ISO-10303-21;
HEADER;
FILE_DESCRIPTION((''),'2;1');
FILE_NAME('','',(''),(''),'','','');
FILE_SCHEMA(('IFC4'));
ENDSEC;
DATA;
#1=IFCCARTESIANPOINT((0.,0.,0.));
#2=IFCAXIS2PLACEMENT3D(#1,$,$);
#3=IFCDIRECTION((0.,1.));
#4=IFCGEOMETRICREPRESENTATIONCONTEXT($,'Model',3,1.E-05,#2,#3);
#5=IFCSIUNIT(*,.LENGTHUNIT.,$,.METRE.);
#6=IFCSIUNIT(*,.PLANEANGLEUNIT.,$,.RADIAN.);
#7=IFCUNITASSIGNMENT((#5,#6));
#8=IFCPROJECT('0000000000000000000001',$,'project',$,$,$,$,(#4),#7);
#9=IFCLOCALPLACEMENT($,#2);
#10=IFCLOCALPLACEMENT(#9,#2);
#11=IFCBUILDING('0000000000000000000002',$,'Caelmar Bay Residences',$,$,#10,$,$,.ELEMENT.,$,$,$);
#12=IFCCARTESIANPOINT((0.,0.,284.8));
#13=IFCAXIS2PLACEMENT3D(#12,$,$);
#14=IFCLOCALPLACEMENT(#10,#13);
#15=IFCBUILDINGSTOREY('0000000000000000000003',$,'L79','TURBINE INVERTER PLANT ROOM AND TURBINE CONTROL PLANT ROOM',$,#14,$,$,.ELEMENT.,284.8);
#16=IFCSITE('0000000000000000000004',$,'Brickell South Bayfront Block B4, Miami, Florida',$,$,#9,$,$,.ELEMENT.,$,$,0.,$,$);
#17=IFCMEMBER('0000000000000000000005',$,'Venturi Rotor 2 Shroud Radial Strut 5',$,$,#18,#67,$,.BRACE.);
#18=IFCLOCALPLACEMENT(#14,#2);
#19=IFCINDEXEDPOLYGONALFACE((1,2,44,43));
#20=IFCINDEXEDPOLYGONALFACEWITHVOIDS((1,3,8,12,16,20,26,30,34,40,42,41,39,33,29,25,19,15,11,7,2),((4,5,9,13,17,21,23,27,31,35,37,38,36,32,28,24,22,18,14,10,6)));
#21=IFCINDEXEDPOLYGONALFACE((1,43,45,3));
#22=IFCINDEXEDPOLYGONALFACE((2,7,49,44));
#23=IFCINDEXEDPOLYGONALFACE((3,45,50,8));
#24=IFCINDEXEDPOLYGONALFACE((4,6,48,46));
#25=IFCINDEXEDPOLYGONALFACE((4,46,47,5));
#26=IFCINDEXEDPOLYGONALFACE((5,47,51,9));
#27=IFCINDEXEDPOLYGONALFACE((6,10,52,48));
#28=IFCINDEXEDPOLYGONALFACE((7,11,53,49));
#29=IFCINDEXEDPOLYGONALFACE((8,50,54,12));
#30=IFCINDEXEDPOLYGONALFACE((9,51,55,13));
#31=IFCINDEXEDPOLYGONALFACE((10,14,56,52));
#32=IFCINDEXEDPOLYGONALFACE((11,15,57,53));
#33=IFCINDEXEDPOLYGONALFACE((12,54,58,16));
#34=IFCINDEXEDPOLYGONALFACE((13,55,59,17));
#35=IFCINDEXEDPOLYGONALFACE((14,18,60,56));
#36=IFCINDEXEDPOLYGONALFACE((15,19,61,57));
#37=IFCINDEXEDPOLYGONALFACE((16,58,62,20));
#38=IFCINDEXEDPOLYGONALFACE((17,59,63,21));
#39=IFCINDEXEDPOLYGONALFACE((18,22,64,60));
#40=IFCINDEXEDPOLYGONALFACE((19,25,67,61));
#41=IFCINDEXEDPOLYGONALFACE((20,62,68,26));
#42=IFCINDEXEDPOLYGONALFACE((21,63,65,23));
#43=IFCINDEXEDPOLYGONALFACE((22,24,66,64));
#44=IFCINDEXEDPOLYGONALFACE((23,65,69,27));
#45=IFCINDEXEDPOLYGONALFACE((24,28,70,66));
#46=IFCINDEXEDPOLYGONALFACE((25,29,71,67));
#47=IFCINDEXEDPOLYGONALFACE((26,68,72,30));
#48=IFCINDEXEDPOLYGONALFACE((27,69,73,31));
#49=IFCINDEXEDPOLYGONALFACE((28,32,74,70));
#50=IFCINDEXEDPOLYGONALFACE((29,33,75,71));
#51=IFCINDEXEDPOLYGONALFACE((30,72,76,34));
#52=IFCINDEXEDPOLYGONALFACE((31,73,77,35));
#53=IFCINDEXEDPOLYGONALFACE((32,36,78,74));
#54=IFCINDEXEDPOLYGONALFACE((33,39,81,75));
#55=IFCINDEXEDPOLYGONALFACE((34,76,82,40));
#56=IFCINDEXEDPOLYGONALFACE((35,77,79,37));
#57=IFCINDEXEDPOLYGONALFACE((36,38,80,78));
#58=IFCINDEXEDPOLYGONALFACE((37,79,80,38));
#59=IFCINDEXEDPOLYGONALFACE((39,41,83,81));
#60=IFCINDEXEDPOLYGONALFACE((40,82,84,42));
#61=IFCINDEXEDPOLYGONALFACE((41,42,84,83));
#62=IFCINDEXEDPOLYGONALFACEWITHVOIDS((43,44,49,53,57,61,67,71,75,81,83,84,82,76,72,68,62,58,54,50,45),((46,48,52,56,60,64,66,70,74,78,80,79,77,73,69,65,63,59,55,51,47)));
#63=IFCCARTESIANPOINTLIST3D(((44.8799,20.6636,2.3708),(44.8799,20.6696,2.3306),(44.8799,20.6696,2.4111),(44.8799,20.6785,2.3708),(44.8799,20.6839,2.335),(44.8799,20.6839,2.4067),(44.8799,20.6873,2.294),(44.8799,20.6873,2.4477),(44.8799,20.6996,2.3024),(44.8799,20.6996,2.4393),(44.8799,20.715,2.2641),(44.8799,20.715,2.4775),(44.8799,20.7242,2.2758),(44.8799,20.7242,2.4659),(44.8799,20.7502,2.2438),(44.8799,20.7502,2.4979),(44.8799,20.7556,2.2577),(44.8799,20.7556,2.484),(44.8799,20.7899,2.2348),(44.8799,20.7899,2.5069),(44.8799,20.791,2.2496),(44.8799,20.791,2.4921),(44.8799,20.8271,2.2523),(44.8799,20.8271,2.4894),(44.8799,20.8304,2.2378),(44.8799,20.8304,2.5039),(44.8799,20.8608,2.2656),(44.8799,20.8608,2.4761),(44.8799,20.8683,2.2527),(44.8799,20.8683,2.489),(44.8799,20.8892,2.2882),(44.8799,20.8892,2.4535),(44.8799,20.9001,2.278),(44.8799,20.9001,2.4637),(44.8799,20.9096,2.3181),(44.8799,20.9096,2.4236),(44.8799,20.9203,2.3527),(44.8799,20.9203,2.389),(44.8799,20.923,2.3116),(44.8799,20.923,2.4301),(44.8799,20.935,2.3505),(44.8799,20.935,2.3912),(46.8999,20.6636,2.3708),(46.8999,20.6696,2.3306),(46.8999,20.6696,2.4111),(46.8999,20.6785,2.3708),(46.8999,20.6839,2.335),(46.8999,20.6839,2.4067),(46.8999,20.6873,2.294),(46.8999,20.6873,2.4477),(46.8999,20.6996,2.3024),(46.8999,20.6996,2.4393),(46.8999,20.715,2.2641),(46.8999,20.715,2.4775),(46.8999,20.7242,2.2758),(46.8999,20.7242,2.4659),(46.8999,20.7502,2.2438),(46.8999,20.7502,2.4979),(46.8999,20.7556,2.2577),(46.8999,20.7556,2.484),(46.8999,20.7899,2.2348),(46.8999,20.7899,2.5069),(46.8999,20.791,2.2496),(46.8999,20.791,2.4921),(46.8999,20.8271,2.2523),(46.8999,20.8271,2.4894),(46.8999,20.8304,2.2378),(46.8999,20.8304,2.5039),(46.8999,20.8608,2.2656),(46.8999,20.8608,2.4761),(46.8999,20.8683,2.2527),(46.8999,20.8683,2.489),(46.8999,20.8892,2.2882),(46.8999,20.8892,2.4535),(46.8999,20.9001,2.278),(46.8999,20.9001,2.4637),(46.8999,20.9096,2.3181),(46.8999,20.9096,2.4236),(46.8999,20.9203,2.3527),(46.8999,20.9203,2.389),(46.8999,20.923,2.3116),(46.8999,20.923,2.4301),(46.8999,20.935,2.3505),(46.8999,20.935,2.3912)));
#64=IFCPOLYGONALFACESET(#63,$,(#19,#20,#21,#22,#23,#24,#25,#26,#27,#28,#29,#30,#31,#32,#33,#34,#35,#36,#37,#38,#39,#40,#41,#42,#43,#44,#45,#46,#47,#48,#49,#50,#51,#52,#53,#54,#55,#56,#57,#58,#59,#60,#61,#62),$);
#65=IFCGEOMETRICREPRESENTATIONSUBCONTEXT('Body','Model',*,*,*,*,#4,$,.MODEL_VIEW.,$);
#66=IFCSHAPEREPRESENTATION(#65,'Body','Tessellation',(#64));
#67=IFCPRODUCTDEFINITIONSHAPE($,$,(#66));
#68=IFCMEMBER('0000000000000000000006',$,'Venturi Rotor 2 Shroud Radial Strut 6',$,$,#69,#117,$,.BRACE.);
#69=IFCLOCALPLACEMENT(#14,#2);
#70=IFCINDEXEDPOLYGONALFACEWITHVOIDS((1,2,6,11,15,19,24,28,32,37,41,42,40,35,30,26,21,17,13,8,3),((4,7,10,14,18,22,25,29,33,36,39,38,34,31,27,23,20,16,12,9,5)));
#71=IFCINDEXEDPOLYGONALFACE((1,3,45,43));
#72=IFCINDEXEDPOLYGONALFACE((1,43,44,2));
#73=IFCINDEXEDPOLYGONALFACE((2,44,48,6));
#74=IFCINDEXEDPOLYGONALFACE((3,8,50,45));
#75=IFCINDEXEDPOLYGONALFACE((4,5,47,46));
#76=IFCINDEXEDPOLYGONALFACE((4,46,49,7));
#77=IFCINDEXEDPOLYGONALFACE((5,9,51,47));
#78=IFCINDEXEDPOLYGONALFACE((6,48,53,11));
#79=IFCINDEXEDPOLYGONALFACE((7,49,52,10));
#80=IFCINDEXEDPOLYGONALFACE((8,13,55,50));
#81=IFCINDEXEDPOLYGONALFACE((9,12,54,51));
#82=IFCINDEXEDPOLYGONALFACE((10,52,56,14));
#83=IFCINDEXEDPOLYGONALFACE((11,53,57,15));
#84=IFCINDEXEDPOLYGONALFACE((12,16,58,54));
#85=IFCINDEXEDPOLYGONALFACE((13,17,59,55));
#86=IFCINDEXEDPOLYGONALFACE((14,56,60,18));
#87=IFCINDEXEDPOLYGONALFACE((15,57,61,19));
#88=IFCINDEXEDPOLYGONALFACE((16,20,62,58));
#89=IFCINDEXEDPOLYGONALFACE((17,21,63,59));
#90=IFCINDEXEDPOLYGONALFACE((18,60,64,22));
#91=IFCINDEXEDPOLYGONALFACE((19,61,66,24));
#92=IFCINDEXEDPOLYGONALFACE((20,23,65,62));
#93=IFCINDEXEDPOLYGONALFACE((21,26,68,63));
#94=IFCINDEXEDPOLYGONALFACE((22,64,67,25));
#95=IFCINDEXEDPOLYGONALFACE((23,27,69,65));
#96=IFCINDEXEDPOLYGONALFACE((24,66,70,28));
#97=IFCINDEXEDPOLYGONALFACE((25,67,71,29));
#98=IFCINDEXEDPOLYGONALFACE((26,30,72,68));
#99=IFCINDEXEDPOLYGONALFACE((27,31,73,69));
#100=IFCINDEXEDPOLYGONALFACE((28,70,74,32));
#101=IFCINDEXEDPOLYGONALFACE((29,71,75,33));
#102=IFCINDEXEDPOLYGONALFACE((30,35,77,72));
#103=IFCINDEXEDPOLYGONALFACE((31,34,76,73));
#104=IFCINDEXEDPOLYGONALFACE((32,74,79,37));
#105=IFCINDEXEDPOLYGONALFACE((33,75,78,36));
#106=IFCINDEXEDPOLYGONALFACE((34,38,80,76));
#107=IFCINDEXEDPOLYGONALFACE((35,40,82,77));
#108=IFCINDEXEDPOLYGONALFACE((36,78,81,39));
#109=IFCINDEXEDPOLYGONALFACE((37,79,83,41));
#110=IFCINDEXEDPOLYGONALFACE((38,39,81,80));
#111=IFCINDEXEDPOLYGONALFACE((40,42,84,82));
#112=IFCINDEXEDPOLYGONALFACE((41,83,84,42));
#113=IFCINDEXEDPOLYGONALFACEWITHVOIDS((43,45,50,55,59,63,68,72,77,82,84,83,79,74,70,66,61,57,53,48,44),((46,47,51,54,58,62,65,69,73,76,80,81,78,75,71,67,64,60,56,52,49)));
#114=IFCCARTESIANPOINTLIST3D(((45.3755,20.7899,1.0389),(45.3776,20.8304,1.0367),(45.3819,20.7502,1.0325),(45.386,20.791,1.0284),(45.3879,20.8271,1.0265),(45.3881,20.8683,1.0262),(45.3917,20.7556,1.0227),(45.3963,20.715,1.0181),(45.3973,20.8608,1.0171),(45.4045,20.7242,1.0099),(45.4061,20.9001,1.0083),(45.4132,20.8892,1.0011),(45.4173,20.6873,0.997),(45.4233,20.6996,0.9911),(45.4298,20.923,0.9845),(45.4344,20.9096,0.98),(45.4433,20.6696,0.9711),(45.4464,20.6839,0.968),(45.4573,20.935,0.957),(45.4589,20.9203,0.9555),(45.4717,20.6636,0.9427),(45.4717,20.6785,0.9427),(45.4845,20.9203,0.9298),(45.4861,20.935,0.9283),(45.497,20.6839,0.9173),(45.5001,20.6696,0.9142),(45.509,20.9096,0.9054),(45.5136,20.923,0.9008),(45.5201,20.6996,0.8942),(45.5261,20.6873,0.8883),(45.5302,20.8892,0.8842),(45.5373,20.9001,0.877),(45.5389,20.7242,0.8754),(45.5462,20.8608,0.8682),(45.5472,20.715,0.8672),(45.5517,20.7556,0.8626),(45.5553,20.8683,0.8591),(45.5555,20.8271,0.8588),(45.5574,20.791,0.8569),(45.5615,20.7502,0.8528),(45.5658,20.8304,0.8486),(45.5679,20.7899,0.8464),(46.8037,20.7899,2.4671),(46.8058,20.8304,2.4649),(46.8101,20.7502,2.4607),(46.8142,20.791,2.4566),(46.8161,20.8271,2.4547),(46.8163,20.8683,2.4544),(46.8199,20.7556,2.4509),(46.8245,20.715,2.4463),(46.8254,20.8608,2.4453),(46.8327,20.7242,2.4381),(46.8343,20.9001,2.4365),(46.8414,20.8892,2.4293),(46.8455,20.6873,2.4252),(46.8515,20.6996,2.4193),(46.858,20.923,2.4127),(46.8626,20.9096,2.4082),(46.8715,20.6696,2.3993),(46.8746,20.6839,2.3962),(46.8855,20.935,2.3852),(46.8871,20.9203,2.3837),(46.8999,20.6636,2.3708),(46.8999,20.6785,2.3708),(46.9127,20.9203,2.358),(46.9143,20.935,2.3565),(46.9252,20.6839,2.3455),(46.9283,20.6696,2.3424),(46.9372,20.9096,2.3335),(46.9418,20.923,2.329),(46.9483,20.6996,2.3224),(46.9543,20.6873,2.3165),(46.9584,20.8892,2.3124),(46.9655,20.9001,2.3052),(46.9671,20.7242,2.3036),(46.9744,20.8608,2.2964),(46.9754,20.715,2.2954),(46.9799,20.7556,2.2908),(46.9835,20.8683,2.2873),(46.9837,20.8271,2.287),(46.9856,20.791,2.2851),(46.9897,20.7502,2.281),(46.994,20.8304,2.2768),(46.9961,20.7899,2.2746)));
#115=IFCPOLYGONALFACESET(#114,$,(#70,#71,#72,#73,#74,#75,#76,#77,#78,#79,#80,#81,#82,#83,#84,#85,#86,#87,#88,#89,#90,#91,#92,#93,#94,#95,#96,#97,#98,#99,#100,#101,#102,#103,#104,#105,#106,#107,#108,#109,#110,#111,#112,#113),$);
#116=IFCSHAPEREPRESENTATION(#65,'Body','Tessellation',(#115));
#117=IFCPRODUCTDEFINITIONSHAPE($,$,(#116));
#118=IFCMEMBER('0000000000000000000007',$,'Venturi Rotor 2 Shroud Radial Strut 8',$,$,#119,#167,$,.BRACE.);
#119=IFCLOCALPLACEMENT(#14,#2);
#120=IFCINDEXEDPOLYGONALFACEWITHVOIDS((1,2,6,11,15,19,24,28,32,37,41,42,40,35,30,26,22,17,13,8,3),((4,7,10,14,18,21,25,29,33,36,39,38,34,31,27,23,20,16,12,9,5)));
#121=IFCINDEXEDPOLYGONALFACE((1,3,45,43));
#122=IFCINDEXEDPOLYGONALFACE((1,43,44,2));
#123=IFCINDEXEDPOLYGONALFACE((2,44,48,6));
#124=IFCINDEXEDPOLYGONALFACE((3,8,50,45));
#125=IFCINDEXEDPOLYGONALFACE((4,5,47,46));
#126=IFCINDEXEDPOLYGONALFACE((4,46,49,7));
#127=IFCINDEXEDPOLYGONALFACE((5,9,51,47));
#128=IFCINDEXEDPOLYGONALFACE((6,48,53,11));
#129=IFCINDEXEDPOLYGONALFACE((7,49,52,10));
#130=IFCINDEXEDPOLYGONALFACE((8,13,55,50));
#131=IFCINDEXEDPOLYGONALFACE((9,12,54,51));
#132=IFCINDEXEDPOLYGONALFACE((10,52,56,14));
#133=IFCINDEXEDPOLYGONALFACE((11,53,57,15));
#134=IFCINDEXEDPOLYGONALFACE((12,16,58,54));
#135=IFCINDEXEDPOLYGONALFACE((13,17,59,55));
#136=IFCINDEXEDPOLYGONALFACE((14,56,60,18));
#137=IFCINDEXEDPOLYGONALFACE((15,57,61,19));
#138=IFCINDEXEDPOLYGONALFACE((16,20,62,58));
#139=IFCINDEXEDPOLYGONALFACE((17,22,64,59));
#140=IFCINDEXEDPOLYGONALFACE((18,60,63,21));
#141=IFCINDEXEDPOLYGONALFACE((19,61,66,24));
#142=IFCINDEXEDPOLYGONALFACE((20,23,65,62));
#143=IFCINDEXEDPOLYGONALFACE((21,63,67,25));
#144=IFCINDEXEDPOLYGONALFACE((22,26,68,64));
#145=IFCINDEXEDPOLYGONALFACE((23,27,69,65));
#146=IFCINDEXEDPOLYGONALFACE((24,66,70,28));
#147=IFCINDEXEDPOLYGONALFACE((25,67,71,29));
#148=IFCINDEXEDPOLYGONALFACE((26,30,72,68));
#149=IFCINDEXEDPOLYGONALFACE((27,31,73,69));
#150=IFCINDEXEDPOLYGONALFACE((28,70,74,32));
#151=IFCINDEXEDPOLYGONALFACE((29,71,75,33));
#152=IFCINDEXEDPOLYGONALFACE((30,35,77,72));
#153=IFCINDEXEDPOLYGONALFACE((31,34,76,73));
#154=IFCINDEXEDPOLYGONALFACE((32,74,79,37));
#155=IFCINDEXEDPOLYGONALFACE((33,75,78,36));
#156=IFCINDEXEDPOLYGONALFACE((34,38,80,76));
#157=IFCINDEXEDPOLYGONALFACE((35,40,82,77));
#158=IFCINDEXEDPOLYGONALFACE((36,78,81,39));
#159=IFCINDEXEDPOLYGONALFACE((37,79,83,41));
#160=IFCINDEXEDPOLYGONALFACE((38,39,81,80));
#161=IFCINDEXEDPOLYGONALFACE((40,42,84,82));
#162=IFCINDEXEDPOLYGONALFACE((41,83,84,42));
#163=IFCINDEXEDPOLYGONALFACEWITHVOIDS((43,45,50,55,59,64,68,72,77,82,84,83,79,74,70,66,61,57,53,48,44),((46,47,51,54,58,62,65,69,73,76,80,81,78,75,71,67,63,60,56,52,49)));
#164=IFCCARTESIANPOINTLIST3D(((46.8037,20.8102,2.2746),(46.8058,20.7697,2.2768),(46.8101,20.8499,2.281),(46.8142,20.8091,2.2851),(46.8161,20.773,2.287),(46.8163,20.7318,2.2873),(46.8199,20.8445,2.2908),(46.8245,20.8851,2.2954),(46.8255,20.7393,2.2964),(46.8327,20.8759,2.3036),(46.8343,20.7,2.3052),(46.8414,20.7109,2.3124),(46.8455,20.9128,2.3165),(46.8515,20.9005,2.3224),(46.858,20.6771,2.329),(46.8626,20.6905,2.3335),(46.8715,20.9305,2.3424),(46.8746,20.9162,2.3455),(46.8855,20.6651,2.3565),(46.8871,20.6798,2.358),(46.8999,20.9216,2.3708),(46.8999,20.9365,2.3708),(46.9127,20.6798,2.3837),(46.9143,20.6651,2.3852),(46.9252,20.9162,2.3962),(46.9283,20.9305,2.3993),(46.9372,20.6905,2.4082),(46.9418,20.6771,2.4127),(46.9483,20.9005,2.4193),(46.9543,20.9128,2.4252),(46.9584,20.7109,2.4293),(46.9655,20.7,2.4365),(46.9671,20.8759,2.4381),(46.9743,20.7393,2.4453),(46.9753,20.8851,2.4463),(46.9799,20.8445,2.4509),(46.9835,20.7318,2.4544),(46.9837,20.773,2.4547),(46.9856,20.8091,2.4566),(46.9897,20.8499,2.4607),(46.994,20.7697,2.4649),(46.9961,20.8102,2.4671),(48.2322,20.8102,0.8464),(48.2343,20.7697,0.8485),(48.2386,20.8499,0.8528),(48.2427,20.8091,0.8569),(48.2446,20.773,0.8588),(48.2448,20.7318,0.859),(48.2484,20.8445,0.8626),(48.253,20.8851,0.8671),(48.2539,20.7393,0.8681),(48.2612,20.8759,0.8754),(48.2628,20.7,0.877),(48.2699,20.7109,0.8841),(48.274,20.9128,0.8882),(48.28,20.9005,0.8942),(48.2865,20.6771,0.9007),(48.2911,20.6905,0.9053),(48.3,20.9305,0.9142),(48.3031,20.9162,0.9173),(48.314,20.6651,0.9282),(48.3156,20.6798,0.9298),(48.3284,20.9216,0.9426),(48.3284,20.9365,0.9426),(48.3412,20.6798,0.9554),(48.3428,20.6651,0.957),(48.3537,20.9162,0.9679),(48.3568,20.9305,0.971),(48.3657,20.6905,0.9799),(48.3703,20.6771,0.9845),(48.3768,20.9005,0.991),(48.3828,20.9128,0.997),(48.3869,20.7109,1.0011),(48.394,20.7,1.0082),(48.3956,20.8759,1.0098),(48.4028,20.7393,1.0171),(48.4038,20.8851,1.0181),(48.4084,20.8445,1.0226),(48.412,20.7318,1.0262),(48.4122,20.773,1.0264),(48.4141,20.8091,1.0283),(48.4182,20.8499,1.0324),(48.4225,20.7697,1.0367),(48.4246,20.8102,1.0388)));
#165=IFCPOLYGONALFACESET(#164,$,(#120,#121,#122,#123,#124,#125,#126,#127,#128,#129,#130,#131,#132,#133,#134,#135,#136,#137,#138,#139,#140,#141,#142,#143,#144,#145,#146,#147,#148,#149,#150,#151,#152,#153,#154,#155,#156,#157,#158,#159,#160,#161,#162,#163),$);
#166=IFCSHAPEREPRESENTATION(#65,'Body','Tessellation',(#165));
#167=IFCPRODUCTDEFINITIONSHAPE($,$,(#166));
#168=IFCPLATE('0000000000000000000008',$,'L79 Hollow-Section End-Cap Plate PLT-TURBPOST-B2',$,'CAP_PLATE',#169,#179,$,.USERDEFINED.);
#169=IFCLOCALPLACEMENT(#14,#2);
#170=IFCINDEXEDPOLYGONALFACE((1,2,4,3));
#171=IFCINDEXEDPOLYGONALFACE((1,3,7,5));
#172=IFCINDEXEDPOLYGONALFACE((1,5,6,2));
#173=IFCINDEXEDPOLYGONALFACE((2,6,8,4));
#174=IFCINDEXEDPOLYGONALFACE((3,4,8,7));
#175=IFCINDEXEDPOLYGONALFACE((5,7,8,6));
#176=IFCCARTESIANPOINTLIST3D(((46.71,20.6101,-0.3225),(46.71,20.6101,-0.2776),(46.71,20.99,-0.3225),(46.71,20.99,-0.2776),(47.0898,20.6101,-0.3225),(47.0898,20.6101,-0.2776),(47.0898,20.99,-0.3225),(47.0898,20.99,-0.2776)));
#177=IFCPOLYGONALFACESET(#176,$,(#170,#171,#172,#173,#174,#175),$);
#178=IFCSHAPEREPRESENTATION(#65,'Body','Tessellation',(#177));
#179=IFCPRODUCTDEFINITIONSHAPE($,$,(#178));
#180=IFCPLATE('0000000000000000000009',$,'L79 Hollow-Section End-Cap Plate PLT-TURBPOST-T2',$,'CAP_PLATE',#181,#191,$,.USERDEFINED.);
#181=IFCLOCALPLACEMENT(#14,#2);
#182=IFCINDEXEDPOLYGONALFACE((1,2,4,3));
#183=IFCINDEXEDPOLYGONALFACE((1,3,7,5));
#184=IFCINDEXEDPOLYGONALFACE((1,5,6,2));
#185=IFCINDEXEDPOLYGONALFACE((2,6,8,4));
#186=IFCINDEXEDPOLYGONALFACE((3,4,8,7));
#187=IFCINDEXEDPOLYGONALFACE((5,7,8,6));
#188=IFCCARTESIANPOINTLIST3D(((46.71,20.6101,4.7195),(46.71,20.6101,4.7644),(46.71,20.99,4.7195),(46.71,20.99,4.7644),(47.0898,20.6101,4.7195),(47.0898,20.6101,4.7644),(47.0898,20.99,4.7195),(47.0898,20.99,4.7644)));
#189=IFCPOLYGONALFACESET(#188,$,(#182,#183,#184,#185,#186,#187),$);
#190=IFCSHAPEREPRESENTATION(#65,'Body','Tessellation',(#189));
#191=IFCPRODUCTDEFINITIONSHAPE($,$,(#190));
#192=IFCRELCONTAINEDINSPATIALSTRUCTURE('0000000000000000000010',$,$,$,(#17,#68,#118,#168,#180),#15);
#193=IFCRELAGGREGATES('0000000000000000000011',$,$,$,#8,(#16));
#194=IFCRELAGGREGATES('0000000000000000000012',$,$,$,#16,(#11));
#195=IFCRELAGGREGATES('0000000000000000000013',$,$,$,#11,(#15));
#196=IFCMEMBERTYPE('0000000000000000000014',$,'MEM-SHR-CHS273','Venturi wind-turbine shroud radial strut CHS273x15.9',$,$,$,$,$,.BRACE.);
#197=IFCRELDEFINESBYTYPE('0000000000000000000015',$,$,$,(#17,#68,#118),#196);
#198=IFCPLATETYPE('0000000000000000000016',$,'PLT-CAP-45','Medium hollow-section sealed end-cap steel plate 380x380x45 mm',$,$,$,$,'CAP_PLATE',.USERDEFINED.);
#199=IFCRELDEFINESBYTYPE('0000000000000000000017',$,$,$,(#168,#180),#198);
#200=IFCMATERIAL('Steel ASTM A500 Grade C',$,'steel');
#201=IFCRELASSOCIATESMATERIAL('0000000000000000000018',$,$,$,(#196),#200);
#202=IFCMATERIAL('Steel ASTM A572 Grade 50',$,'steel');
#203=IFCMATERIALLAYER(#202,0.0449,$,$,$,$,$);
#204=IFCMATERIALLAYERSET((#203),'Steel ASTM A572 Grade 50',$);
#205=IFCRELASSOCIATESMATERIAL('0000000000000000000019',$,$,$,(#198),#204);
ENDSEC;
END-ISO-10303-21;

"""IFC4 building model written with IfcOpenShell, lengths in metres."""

from ifc_helpers import new_model, si_unit, direction, frame, origin, origin_2d, place, context, subcontext, project, spatial, rectangle, hollow_circle, extrude, material, layer, layer_set, material_profile, profile_set, type_object, element, save


model = new_model("IFC4")

# Units and contexts
model_context = context("Model", 3, precision=1e-05, world=origin(), true_north=direction((0.0, 1.0)))
body_context = subcontext(model_context, "Body", "Model", "MODEL_VIEW")
ifc_project = project(units=[si_unit("LENGTHUNIT", "METRE"), si_unit("PLANEANGLEUNIT", "RADIAN")], contexts=[model_context])

# Site, building, storey
site_placement = place(None, origin())
site = spatial("IfcSite", under=ifc_project, at=site_placement, Name="Brickell South Bayfront Block B4, Miami, Florida", CompositionType="ELEMENT", RefElevation=0.0)
building_placement = place(site_placement, origin())
building = spatial("IfcBuilding", under=site, at=building_placement, Name="Caelmar Bay Residences", CompositionType="ELEMENT")
storey_placement = place(building_placement, frame((0.0, 0.0, 284.8)))
storey = spatial("IfcBuildingStorey", under=building, at=storey_placement, Name="L79", Description="TURBINE INVERTER PLANT ROOM AND TURBINE CONTROL PLANT ROOM", CompositionType="ELEMENT", Elevation=284.8)

# Members
ifc_material_1 = material(Name="Steel ASTM A500 Grade C", Category="steel")
ifc_material_profile_1 = material_profile(ifc_material_1, hollow_circle(Radius=0.1365, WallThickness=0.0149, at=origin_2d()), Name="CHS273X15.9")
ifc_profile_set_1 = profile_set([ifc_material_profile_1], Name="Steel ASTM A500 Grade C")
member_type_1 = type_object("IfcMemberType", Name="MEM-SHR-CHS273", Description="Venturi wind-turbine shroud radial strut CHS273x15.9", PredefinedType="BRACE", material=ifc_profile_set_1)
for number, where, z_axis, x_axis, name in (
    (1, (46.8999, 20.8, 2.3708), (-1.0, 0.0, 0.0), (0.0, -1.0, 0.0), "Venturi Rotor 2 Shroud Radial Strut 5"),
):
    element("IfcMember", number, at=place(storey_placement, frame(where, z_axis=z_axis, x_axis=x_axis)), inside=storey, type_object=member_type_1, Name=name, PredefinedType="BRACE", context=body_context, shape_type="SweptSolid", body=[
        extrude(hollow_circle(Radius=0.1365, WallThickness=0.0149, at=origin_2d()), origin(), (0.0, 0.0, 1.0), 2.02),
    ])
member_1_placement = place(storey_placement, frame((46.8999, 20.8, 2.3708), z_axis=(-0.707107, 0.0, -0.707107), x_axis=(0.0, -1.0, 0.0)))
element("IfcMember", 2, at=member_1_placement, inside=storey, type_object=member_type_1, Name="Venturi Rotor 2 Shroud Radial Strut 6", PredefinedType="BRACE", context=body_context, shape_type="SweptSolid", body=[
    extrude(hollow_circle(Radius=0.1365, WallThickness=0.0149, at=origin_2d()), origin(), (0.0, 0.0, 1.0), 2.0198),
])
member_2_placement = place(storey_placement, frame((46.8999, 20.8, 2.3708), z_axis=(0.707167, 0.0, -0.707046), x_axis=(0.0, 1.0, 0.0)))
element("IfcMember", 3, at=member_2_placement, inside=storey, type_object=member_type_1, Name="Venturi Rotor 2 Shroud Radial Strut 8", PredefinedType="BRACE", context=body_context, shape_type="SweptSolid", body=[
    extrude(hollow_circle(Radius=0.1365, WallThickness=0.0149, at=origin_2d()), origin(), (0.0, 0.0, 1.0), 2.02),
])

# Plates
ifc_material_2 = material(Name="Steel ASTM A572 Grade 50", Category="steel")
ifc_layer_1 = layer(ifc_material_2, 0.0449)
ifc_layer_set_1 = layer_set([ifc_layer_1], Name="Steel ASTM A572 Grade 50")
plate_type_1 = type_object("IfcPlateType", Name="PLT-CAP-45", Description="Medium hollow-section sealed end-cap steel plate 380x380x45 mm", ElementType="CAP_PLATE", PredefinedType="USERDEFINED", material=ifc_layer_set_1)
for number, where, z_axis, x_axis, name in (
    (4, (46.8999, 20.8, -0.3225), (0.0, 0.0, 1.0), (1.0, 0.0, 0.0), "L79 Hollow-Section End-Cap Plate PLT-TURBPOST-B2"),
    (5, (46.8999, 20.8, 4.7195), (0.0, 0.0, 1.0), (1.0, 0.0, 0.0), "L79 Hollow-Section End-Cap Plate PLT-TURBPOST-T2"),
):
    element("IfcPlate", number, at=place(storey_placement, frame(where, z_axis=z_axis, x_axis=x_axis)), inside=storey, type_object=plate_type_1, Name=name, ObjectType="CAP_PLATE", PredefinedType="USERDEFINED", context=body_context, shape_type="SweptSolid", body=[
        extrude(rectangle(XDim=0.3799, YDim=0.3799, at=origin_2d()), origin(), (0.0, 0.0, 1.0), 0.0449),
    ])

save(model, "model.ifc")
